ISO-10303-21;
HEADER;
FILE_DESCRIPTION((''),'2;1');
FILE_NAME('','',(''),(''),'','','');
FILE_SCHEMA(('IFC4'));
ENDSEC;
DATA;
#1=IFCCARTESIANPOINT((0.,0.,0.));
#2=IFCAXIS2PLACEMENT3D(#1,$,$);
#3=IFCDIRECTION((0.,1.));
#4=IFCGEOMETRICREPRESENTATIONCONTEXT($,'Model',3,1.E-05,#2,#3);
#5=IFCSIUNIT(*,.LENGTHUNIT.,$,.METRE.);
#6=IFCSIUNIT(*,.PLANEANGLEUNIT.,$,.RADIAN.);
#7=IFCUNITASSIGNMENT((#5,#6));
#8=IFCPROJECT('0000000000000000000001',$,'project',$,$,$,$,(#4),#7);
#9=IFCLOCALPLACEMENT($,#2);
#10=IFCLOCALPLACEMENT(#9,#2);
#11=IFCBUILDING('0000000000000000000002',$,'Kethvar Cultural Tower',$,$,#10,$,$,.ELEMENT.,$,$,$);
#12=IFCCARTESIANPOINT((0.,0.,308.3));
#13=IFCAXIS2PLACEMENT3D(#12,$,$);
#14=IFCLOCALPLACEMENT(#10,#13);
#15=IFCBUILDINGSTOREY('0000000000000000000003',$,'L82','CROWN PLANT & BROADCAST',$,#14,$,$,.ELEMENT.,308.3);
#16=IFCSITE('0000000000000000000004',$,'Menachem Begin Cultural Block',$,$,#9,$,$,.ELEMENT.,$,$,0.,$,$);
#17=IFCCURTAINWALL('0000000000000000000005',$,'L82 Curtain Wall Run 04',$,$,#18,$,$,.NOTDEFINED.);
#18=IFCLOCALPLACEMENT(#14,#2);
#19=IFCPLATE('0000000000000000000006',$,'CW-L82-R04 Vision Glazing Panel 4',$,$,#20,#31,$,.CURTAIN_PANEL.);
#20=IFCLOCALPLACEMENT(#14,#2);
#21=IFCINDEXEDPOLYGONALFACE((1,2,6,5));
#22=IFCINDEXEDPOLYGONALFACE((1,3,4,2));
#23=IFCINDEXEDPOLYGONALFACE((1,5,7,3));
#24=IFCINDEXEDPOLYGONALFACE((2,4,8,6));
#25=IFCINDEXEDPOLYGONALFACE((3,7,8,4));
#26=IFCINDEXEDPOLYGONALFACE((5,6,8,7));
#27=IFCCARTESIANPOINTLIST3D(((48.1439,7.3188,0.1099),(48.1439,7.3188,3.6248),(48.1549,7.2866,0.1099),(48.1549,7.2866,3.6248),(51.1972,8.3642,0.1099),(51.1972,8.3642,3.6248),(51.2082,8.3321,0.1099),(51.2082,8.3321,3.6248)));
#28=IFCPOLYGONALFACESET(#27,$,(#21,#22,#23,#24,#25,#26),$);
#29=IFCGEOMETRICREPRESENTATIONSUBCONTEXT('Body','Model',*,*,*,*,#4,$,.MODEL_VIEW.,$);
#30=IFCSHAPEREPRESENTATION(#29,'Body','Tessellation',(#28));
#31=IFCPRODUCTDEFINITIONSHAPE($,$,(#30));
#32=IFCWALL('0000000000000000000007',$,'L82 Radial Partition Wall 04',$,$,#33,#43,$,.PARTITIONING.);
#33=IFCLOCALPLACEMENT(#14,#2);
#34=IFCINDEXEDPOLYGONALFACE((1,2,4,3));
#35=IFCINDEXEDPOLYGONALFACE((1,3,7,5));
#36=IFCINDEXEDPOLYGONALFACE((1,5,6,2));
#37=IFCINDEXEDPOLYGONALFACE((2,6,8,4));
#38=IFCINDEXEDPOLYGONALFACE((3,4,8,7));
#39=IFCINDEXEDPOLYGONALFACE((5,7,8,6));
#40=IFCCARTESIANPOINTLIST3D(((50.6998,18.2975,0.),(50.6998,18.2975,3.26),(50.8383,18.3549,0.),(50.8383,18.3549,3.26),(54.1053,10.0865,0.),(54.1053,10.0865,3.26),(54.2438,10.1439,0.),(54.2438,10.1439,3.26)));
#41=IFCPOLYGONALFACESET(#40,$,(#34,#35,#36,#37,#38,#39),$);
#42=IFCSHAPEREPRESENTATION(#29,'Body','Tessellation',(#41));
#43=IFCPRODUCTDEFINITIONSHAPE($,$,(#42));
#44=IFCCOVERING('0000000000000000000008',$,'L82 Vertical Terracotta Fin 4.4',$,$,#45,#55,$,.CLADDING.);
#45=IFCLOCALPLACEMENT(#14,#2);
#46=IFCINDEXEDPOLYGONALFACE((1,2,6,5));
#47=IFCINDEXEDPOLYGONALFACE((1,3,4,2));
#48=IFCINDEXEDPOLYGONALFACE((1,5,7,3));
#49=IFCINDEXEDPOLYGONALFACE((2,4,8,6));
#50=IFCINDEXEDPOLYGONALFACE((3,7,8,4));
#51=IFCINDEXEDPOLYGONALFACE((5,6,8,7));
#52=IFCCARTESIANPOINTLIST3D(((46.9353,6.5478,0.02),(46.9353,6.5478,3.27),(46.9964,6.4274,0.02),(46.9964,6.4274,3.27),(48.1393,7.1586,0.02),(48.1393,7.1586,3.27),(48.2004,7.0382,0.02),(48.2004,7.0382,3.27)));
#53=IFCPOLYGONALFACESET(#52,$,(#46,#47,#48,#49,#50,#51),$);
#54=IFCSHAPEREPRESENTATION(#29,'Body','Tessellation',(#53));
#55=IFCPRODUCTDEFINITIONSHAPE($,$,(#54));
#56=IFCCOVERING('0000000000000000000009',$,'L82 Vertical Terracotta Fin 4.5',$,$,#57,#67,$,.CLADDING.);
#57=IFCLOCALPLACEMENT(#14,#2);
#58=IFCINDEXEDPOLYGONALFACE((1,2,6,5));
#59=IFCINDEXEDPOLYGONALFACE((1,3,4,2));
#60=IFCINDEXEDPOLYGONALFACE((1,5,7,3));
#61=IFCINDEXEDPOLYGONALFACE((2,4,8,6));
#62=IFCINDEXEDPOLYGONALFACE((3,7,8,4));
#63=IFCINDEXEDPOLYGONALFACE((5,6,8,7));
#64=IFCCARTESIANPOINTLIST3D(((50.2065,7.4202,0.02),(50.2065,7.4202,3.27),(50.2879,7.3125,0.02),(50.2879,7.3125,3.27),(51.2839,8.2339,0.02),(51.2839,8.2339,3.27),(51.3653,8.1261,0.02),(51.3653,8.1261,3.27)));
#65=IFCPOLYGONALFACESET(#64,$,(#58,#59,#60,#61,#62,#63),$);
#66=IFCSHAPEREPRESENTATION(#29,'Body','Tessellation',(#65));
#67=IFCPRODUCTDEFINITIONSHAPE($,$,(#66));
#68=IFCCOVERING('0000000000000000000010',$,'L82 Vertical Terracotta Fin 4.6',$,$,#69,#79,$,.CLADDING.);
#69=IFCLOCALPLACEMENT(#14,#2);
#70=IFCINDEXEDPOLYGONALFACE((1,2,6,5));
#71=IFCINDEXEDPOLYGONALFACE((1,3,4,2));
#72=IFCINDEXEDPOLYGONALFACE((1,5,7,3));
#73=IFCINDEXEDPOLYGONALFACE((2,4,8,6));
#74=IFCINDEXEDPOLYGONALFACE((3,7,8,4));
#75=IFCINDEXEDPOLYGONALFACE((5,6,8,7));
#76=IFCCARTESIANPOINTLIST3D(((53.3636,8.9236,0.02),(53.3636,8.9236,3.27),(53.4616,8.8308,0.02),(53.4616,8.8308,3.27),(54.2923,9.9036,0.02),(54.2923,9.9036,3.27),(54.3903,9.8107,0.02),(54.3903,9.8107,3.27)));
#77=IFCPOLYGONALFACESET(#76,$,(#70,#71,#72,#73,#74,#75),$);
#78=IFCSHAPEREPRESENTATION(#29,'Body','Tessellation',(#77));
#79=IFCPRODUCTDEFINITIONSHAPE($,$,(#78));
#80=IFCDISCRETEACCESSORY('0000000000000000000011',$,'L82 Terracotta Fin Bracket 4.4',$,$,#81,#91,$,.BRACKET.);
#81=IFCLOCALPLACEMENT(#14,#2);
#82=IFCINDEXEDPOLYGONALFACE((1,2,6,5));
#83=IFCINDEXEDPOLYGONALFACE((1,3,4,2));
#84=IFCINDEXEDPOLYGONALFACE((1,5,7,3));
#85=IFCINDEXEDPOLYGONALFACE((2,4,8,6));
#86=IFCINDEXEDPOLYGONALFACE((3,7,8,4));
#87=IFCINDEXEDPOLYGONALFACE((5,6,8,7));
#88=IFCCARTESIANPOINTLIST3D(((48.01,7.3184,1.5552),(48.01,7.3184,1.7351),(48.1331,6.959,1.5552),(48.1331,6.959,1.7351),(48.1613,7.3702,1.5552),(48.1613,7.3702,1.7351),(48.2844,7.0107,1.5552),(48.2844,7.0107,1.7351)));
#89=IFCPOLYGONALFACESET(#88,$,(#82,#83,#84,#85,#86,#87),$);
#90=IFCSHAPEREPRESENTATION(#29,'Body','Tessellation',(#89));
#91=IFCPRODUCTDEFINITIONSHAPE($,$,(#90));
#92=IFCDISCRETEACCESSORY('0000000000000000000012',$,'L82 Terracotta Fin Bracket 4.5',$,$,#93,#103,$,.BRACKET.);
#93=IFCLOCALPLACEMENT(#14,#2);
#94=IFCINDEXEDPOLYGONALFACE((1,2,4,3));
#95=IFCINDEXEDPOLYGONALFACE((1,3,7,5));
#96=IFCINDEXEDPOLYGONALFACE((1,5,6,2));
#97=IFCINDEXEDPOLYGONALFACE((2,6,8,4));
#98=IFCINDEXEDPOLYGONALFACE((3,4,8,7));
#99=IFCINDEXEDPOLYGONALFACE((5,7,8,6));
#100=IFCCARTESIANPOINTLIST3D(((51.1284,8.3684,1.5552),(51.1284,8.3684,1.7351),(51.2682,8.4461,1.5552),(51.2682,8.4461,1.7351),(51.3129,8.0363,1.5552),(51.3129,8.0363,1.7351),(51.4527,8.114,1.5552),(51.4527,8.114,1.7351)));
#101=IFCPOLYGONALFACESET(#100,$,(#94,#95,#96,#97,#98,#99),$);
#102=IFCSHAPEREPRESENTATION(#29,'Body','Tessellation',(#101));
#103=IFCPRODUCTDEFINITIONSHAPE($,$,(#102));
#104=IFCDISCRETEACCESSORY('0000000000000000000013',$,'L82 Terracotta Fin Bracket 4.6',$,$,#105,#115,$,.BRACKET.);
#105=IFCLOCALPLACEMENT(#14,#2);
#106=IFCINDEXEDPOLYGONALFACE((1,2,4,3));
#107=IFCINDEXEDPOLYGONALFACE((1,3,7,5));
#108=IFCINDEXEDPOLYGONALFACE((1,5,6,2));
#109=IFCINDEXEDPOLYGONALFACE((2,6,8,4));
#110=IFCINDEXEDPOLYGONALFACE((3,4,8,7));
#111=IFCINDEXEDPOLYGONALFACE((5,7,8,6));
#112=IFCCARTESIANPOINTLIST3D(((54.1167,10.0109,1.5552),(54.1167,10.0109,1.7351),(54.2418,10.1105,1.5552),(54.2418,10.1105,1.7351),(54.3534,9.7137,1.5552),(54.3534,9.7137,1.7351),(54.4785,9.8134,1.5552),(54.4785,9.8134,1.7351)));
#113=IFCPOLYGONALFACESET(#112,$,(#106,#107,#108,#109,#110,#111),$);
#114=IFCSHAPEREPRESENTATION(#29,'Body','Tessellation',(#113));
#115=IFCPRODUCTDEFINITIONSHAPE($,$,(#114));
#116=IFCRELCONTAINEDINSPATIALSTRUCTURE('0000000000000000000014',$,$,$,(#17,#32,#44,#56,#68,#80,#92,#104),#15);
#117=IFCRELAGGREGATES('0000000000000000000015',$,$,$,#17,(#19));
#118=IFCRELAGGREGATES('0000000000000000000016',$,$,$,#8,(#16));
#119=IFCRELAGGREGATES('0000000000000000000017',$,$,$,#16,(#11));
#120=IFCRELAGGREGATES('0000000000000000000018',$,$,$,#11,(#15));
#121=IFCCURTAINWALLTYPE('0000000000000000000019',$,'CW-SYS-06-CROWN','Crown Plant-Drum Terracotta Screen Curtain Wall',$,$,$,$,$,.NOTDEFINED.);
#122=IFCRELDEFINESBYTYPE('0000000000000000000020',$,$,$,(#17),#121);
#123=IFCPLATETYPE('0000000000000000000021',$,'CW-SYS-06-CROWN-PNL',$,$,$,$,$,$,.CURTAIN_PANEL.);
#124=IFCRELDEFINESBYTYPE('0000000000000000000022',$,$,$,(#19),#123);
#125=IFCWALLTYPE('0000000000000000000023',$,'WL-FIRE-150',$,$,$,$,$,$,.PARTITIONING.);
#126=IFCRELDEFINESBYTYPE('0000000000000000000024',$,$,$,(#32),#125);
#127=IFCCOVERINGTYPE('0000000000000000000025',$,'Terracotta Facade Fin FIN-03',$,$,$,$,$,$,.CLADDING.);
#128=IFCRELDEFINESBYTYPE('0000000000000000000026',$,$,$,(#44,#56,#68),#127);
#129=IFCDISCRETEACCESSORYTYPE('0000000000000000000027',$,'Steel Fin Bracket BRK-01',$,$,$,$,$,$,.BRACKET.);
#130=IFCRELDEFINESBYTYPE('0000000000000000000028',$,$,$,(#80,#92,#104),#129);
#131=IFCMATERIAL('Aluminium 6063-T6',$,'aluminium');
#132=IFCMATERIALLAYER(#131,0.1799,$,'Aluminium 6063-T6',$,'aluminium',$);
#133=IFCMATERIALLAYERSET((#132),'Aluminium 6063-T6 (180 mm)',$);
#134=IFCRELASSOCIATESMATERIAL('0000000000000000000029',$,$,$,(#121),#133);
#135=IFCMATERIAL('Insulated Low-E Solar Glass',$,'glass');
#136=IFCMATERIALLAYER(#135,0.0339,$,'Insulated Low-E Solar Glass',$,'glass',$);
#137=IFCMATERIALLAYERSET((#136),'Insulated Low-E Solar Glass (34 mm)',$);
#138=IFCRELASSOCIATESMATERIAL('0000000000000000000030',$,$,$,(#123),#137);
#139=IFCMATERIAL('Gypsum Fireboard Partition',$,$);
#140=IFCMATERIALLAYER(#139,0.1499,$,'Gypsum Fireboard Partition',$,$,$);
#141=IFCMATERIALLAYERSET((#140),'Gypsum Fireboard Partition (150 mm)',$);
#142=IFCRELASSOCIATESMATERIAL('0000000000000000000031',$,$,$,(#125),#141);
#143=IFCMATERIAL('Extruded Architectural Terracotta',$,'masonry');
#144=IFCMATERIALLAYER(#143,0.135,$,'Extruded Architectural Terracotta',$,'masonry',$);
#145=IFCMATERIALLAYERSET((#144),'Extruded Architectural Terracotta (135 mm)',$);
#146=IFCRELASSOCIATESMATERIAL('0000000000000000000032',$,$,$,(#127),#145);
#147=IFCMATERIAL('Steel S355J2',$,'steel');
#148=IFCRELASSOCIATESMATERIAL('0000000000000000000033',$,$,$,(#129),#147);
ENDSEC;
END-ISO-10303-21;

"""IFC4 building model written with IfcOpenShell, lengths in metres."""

from ifc_helpers import new_model, si_unit, direction, frame, frame_2d, origin, origin_2d, place, context, subcontext, project, spatial, rectangle, extrude, source, transform, mapped, material, layer, layer_set, type_object, element, aggregate, save


model = new_model("IFC4")

# Units and contexts
model_context = context("Model", 3, precision=1e-05, world=origin(), true_north=direction((0.0, 1.0)))
body_context = subcontext(model_context, "Body", "Model", "MODEL_VIEW")
ifc_project = project(units=[si_unit("LENGTHUNIT", "METRE"), si_unit("PLANEANGLEUNIT", "RADIAN")], contexts=[model_context])

# Site, building, storey
site_placement = place(None, origin())
site = spatial("IfcSite", under=ifc_project, at=site_placement, Name="Menachem Begin Cultural Block", CompositionType="ELEMENT", RefElevation=0.0)
building_placement = place(site_placement, origin())
building = spatial("IfcBuilding", under=site, at=building_placement, Name="Kethvar Cultural Tower", CompositionType="ELEMENT")
storey_placement = place(building_placement, frame((0.0, 0.0, 308.3)))
storey = spatial("IfcBuildingStorey", under=building, at=storey_placement, Name="L82", Description="CROWN PLANT & BROADCAST", CompositionType="ELEMENT", Elevation=308.3)

# Shared definitions
ifc_material_1 = material(Name="Steel S355J2", Category="steel")

# Curtain wall, plate
ifc_material_2 = material(Name="Aluminium 6063-T6", Category="aluminium")
ifc_layer_1 = layer(ifc_material_2, 0.1799, Name="Aluminium 6063-T6", Category="aluminium")
ifc_layer_set_1 = layer_set([ifc_layer_1], Name="Aluminium 6063-T6 (180 mm)")
curtain_wall_type = type_object("IfcCurtainWallType", Name="CW-SYS-06-CROWN", Description="Crown Plant-Drum Terracotta Screen Curtain Wall", PredefinedType="NOTDEFINED", material=ifc_layer_set_1)
curtain_wall_placement = place(storey_placement, origin())
curtain_wall = element("IfcCurtainWall", 1, at=curtain_wall_placement, inside=storey, type_object=curtain_wall_type, Name="L82 Curtain Wall Run 04", PredefinedType="NOTDEFINED")
ifc_material_3 = material(Name="Insulated Low-E Solar Glass", Category="glass")
ifc_layer_2 = layer(ifc_material_3, 0.0339, Name="Insulated Low-E Solar Glass", Category="glass")
ifc_layer_set_2 = layer_set([ifc_layer_2], Name="Insulated Low-E Solar Glass (34 mm)")
plate_type = type_object("IfcPlateType", Name="CW-SYS-06-CROWN-PNL", PredefinedType="CURTAIN_PANEL", material=ifc_layer_set_2)
shared_shape_1 = source(origin(), body_context, "Body", "SweptSolid", [
    extrude(rectangle(XDim=3.2273, YDim=0.0339, at=origin_2d()), origin(), (0.0, 0.0, 1.0), 3.5149),
])
plate_1_placement = place(storey_placement, frame((49.676, 7.8254, 0.1099), z_axis=(0.0, 0.0, 1.0), x_axis=(0.946074, 0.32395, 0.0)))
plate_1 = element("IfcPlate", 2, at=plate_1_placement, type_object=plate_type, Name="CW-L82-R04 Vision Glazing Panel 4", PredefinedType="CURTAIN_PANEL", context=body_context, shape_type="MappedRepresentation", body=[
    mapped(shared_shape_1, transform((0.0, 0.0, 0.0), scale=1.0)),
])
aggregate(curtain_wall, [plate_1])

# Wall
ifc_material_4 = material(Name="Gypsum Fireboard Partition")
ifc_layer_3 = layer(ifc_material_4, 0.1499, Name="Gypsum Fireboard Partition")
ifc_layer_set_3 = layer_set([ifc_layer_3], Name="Gypsum Fireboard Partition (150 mm)")
wall_type = type_object("IfcWallType", Name="WL-FIRE-150", PredefinedType="PARTITIONING", material=ifc_layer_set_3)
wall_placement = place(storey_placement, frame((50.769, 18.3262, 0.0), z_axis=(0.0, 0.0, 1.0), x_axis=(0.383109, -0.923703, 0.0)))
element("IfcWall", 3, at=wall_placement, inside=storey, type_object=wall_type, Name="L82 Radial Partition Wall 04", PredefinedType="PARTITIONING", context=body_context, shape_type="SweptSolid", body=[
    extrude(rectangle(XDim=8.8892, YDim=0.1499, at=frame_2d((4.4446, 0.0))), origin(), (0.0, 0.0, 1.0), 3.26),
])

# Coverings
ifc_material_5 = material(Name="Extruded Architectural Terracotta", Category="masonry")
ifc_layer_4 = layer(ifc_material_5, 0.135, Name="Extruded Architectural Terracotta", Category="masonry")
ifc_layer_set_4 = layer_set([ifc_layer_4], Name="Extruded Architectural Terracotta (135 mm)")
covering_type = type_object("IfcCoveringType", Name="Terracotta Facade Fin FIN-03", PredefinedType="CLADDING", material=ifc_layer_set_4)
shared_shape_2 = source(origin(), body_context, "Body", "SweptSolid", [
    extrude(rectangle(XDim=1.3501, YDim=0.135, at=origin_2d()), origin(), (0.0, 0.0, 1.0), 3.25),
])
for number, where, z_axis, x_axis, name in (
    (4, (47.5679, 6.793, 0.02), (0.0, 0.0, 1.0), (-0.891798, -0.452435, 0.0), "L82 Vertical Terracotta Fin 4.4"),
    (5, (50.7859, 7.7732, 0.02), (0.0, 0.0, 1.0), (-0.798005, -0.602651, 0.0), "L82 Vertical Terracotta Fin 4.5"),
    (6, (53.877, 9.3672, 0.02), (0.0, 0.0, 1.0), (-0.687848, -0.725855, 0.0), "L82 Vertical Terracotta Fin 4.6"),
):
    element("IfcCovering", number, at=place(storey_placement, frame(where, z_axis=z_axis, x_axis=x_axis)), inside=storey, type_object=covering_type, Name=name, PredefinedType="CLADDING", context=body_context, shape_type="MappedRepresentation", body=[
        mapped(shared_shape_2, transform((0.0, 0.0, 0.0), scale=1.0)),
    ])

# Discrete accessories
discrete_accessory_type = type_object("IfcDiscreteAccessoryType", Name="Steel Fin Bracket BRK-01", PredefinedType="BRACKET", material=ifc_material_1)
shared_shape_3 = source(origin(), body_context, "Body", "SweptSolid", [
    extrude(rectangle(XDim=0.3799, YDim=0.1599, at=origin_2d()), origin(), (0.0, 0.0, 1.0), 0.1799),
])
for number, where, z_axis, x_axis, name in (
    (7, (48.1472, 7.1646, 1.5552), (0.0, 0.0, 1.0), (0.323917, -0.946085, 0.0), "L82 Terracotta Fin Bracket 4.4"),
    (8, (51.2905, 8.2412, 1.5552), (0.0, 0.0, 1.0), (0.485725, -0.874112, 0.0), "L82 Terracotta Fin Bracket 4.5"),
    (9, (54.2976, 9.9121, 1.5552), (0.0, 0.0, 1.0), (0.623061, -0.782173, 0.0), "L82 Terracotta Fin Bracket 4.6"),
):
    element("IfcDiscreteAccessory", number, at=place(storey_placement, frame(where, z_axis=z_axis, x_axis=x_axis)), inside=storey, type_object=discrete_accessory_type, Name=name, PredefinedType="BRACKET", context=body_context, shape_type="MappedRepresentation", body=[
        mapped(shared_shape_3, transform((0.0, 0.0, 0.0), scale=1.0)),
    ])

save(model, "model.ifc")
